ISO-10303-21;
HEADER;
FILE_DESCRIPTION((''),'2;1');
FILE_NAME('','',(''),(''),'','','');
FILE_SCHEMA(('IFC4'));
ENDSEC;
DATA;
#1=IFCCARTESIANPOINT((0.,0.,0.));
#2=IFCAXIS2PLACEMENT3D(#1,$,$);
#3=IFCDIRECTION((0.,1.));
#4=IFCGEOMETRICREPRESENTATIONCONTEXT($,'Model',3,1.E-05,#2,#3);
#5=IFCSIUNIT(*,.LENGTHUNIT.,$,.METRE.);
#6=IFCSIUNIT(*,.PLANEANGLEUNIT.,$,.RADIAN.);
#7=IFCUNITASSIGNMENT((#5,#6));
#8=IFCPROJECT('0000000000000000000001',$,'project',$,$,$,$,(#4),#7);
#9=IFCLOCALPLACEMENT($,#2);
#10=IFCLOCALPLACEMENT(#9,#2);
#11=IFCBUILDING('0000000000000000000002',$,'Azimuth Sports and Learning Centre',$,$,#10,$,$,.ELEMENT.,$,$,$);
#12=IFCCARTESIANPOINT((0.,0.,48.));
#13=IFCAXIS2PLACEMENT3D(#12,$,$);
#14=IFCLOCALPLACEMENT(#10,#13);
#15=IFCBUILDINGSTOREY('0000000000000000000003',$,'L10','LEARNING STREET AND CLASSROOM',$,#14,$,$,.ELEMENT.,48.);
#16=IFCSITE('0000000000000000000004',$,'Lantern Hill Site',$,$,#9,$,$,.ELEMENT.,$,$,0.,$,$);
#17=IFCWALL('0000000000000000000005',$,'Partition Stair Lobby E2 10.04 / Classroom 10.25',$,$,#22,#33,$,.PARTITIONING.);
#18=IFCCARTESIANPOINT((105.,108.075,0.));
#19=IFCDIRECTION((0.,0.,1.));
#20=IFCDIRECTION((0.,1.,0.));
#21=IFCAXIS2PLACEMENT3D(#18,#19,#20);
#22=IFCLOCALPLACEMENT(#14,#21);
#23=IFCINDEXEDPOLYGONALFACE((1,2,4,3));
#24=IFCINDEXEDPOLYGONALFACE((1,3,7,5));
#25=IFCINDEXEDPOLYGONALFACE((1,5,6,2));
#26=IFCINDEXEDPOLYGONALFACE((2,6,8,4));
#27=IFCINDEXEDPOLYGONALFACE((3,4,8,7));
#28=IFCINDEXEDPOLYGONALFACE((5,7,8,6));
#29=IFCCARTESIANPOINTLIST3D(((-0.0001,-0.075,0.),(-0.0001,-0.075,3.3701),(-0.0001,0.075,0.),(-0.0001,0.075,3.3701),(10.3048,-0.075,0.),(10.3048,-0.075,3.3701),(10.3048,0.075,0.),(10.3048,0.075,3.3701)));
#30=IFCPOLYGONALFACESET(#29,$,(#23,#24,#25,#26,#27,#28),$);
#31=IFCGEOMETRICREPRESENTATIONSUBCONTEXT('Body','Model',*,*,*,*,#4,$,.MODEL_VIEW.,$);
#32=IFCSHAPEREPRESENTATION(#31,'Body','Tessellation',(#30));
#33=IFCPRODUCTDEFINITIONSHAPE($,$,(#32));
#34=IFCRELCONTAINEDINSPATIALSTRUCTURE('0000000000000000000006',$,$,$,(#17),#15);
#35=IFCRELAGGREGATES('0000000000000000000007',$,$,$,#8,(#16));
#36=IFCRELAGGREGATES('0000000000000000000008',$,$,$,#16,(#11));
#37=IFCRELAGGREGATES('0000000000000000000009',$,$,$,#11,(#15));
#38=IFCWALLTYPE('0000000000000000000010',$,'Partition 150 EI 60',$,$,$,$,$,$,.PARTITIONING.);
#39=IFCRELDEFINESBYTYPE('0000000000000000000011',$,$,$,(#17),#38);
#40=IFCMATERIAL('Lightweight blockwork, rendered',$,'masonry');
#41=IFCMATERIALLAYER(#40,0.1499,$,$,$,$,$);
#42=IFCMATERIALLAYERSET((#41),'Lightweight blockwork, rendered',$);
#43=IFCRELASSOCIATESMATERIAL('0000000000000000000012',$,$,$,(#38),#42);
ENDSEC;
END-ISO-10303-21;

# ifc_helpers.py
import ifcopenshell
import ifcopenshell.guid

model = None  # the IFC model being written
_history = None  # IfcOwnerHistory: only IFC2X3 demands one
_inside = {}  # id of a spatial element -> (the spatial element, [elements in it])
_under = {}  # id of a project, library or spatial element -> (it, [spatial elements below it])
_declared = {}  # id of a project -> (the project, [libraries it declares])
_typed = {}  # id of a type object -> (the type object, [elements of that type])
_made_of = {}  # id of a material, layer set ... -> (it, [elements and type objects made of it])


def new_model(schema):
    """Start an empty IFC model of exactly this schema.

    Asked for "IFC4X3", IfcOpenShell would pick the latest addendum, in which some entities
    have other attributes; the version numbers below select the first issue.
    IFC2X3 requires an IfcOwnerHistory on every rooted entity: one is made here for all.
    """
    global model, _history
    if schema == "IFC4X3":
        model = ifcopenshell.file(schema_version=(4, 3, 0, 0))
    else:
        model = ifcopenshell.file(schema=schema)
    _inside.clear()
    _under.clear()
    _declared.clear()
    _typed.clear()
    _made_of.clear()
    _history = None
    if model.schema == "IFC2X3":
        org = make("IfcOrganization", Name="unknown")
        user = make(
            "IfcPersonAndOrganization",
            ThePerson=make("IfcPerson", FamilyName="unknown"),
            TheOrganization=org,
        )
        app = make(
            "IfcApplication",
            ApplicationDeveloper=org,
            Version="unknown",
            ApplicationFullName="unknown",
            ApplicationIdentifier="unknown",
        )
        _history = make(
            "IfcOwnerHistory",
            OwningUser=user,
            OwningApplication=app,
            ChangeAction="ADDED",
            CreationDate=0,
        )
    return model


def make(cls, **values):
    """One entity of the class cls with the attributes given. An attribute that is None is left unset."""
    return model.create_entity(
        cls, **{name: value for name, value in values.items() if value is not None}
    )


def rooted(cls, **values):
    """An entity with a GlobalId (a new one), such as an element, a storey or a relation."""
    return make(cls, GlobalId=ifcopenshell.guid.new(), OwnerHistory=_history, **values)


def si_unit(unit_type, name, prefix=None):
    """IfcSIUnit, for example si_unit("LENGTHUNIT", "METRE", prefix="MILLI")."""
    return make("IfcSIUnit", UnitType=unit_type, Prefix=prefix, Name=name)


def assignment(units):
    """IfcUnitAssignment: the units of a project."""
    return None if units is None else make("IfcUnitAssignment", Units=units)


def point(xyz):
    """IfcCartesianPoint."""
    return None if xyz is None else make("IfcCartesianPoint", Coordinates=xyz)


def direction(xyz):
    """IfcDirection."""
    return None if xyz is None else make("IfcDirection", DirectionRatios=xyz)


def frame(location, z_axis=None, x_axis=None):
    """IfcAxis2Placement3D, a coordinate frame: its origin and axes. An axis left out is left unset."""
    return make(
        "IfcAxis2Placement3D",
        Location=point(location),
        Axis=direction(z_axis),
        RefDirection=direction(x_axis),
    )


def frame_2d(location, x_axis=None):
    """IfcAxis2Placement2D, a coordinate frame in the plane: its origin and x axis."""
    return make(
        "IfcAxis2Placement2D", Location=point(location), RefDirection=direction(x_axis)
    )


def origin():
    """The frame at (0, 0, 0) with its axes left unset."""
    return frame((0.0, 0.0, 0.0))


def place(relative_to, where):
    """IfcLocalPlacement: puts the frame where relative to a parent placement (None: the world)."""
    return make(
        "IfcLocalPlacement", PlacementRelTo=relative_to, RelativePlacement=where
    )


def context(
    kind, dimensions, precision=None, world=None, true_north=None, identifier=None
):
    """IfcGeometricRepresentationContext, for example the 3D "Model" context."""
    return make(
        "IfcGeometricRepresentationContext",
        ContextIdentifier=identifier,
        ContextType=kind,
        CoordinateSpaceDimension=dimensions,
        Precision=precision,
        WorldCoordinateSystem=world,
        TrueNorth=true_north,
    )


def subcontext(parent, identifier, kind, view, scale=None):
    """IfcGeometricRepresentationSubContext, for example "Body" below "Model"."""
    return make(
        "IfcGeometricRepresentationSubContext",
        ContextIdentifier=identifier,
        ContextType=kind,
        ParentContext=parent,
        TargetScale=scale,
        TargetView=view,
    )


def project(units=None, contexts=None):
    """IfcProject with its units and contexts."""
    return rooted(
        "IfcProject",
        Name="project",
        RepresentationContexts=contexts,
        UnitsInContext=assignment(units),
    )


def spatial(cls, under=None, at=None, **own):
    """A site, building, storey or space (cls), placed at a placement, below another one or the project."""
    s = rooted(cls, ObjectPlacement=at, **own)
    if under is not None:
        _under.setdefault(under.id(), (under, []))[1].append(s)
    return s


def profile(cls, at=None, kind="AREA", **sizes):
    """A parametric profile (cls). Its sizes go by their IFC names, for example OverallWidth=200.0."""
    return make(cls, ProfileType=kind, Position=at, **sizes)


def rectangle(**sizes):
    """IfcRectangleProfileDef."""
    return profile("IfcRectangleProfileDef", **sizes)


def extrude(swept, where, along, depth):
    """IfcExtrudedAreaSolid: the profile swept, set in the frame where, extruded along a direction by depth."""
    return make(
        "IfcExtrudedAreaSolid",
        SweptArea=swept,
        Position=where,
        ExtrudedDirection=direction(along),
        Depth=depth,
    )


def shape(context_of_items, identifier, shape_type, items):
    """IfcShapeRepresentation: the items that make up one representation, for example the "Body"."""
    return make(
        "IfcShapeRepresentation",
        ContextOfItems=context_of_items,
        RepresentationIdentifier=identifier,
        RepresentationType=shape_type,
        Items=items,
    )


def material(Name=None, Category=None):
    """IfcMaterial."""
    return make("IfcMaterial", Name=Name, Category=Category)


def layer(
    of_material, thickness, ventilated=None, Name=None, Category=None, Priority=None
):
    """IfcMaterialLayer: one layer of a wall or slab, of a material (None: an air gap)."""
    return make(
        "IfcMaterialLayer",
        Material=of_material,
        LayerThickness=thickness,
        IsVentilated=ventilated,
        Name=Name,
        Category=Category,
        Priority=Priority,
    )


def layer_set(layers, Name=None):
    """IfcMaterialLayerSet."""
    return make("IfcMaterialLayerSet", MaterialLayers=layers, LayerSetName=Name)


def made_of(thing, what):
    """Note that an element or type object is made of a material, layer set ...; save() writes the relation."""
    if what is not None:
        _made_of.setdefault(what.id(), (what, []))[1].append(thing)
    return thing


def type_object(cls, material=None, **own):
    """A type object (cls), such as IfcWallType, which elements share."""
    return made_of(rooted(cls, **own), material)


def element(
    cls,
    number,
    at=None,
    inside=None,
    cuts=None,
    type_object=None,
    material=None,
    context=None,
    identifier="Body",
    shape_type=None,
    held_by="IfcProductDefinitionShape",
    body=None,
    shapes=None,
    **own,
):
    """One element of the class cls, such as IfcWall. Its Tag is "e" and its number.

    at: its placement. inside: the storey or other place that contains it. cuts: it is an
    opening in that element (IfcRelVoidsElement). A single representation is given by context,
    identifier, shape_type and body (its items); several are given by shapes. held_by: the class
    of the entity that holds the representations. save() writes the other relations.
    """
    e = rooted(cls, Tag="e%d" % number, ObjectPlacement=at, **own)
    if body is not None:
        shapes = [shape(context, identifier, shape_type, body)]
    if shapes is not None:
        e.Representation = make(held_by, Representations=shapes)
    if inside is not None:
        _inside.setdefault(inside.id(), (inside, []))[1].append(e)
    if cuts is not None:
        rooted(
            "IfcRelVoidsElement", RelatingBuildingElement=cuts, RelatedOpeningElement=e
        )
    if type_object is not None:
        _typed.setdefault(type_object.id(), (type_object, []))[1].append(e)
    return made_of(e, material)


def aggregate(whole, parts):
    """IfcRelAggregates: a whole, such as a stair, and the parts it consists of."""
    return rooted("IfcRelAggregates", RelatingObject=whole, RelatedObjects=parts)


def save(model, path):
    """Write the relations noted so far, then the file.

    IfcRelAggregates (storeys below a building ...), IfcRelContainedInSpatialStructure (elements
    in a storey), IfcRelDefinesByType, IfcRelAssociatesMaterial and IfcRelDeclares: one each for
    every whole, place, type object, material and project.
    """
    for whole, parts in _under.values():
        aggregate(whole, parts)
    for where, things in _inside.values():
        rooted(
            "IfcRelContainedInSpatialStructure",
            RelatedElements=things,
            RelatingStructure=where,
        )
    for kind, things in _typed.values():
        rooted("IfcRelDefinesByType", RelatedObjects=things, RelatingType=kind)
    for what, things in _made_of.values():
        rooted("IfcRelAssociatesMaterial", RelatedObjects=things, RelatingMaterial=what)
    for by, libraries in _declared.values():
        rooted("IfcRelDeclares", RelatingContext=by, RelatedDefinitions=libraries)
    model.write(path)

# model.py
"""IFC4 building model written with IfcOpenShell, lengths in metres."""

from ifc_helpers import new_model, si_unit, direction, frame, frame_2d, origin, place, context, subcontext, project, spatial, rectangle, extrude, material, layer, layer_set, type_object, element, save


model = new_model("IFC4")

# Units and contexts
model_context = context("Model", 3, precision=1e-05, world=origin(), true_north=direction((0.0, 1.0)))
body_context = subcontext(model_context, "Body", "Model", "MODEL_VIEW")
ifc_project = project(units=[si_unit("LENGTHUNIT", "METRE"), si_unit("PLANEANGLEUNIT", "RADIAN")], contexts=[model_context])

# Site, building, storey
site_placement = place(None, origin())
site = spatial("IfcSite", under=ifc_project, at=site_placement, Name="Lantern Hill Site", CompositionType="ELEMENT", RefElevation=0.0)
building_placement = place(site_placement, origin())
building = spatial("IfcBuilding", under=site, at=building_placement, Name="Azimuth Sports and Learning Centre", CompositionType="ELEMENT")
storey_placement = place(building_placement, frame((0.0, 0.0, 48.0)))
storey = spatial("IfcBuildingStorey", under=building, at=storey_placement, Name="L10", Description="LEARNING STREET AND CLASSROOM", CompositionType="ELEMENT", Elevation=48.0)

# Shared definitions
ifc_material_1 = material(Name="Lightweight blockwork, rendered", Category="masonry")
ifc_layer_1 = layer(ifc_material_1, 0.1499)
ifc_layer_set_1 = layer_set([ifc_layer_1], Name="Lightweight blockwork, rendered")
wall_type_1 = type_object("IfcWallType", Name="Partition 150 EI 60", PredefinedType="PARTITIONING", material=ifc_layer_set_1)

# Wall
wall_1_placement = place(storey_placement, frame((105.0, 108.075, 0.0), z_axis=(0.0, 0.0, 1.0), x_axis=(0.0, 1.0, 0.0)))
element("IfcWall", 1, at=wall_1_placement, inside=storey, type_object=wall_type_1, Name="Partition Stair Lobby E2 10.04 / Classroom 10.25", PredefinedType="PARTITIONING", context=body_context, shape_type="SweptSolid", body=[
    extrude(rectangle(XDim=10.3049, YDim=0.1499, at=frame_2d((5.1523, 0.0))), origin(), (0.0, 0.0, 1.0), 3.3701),
])

save(model, "model.ifc")
